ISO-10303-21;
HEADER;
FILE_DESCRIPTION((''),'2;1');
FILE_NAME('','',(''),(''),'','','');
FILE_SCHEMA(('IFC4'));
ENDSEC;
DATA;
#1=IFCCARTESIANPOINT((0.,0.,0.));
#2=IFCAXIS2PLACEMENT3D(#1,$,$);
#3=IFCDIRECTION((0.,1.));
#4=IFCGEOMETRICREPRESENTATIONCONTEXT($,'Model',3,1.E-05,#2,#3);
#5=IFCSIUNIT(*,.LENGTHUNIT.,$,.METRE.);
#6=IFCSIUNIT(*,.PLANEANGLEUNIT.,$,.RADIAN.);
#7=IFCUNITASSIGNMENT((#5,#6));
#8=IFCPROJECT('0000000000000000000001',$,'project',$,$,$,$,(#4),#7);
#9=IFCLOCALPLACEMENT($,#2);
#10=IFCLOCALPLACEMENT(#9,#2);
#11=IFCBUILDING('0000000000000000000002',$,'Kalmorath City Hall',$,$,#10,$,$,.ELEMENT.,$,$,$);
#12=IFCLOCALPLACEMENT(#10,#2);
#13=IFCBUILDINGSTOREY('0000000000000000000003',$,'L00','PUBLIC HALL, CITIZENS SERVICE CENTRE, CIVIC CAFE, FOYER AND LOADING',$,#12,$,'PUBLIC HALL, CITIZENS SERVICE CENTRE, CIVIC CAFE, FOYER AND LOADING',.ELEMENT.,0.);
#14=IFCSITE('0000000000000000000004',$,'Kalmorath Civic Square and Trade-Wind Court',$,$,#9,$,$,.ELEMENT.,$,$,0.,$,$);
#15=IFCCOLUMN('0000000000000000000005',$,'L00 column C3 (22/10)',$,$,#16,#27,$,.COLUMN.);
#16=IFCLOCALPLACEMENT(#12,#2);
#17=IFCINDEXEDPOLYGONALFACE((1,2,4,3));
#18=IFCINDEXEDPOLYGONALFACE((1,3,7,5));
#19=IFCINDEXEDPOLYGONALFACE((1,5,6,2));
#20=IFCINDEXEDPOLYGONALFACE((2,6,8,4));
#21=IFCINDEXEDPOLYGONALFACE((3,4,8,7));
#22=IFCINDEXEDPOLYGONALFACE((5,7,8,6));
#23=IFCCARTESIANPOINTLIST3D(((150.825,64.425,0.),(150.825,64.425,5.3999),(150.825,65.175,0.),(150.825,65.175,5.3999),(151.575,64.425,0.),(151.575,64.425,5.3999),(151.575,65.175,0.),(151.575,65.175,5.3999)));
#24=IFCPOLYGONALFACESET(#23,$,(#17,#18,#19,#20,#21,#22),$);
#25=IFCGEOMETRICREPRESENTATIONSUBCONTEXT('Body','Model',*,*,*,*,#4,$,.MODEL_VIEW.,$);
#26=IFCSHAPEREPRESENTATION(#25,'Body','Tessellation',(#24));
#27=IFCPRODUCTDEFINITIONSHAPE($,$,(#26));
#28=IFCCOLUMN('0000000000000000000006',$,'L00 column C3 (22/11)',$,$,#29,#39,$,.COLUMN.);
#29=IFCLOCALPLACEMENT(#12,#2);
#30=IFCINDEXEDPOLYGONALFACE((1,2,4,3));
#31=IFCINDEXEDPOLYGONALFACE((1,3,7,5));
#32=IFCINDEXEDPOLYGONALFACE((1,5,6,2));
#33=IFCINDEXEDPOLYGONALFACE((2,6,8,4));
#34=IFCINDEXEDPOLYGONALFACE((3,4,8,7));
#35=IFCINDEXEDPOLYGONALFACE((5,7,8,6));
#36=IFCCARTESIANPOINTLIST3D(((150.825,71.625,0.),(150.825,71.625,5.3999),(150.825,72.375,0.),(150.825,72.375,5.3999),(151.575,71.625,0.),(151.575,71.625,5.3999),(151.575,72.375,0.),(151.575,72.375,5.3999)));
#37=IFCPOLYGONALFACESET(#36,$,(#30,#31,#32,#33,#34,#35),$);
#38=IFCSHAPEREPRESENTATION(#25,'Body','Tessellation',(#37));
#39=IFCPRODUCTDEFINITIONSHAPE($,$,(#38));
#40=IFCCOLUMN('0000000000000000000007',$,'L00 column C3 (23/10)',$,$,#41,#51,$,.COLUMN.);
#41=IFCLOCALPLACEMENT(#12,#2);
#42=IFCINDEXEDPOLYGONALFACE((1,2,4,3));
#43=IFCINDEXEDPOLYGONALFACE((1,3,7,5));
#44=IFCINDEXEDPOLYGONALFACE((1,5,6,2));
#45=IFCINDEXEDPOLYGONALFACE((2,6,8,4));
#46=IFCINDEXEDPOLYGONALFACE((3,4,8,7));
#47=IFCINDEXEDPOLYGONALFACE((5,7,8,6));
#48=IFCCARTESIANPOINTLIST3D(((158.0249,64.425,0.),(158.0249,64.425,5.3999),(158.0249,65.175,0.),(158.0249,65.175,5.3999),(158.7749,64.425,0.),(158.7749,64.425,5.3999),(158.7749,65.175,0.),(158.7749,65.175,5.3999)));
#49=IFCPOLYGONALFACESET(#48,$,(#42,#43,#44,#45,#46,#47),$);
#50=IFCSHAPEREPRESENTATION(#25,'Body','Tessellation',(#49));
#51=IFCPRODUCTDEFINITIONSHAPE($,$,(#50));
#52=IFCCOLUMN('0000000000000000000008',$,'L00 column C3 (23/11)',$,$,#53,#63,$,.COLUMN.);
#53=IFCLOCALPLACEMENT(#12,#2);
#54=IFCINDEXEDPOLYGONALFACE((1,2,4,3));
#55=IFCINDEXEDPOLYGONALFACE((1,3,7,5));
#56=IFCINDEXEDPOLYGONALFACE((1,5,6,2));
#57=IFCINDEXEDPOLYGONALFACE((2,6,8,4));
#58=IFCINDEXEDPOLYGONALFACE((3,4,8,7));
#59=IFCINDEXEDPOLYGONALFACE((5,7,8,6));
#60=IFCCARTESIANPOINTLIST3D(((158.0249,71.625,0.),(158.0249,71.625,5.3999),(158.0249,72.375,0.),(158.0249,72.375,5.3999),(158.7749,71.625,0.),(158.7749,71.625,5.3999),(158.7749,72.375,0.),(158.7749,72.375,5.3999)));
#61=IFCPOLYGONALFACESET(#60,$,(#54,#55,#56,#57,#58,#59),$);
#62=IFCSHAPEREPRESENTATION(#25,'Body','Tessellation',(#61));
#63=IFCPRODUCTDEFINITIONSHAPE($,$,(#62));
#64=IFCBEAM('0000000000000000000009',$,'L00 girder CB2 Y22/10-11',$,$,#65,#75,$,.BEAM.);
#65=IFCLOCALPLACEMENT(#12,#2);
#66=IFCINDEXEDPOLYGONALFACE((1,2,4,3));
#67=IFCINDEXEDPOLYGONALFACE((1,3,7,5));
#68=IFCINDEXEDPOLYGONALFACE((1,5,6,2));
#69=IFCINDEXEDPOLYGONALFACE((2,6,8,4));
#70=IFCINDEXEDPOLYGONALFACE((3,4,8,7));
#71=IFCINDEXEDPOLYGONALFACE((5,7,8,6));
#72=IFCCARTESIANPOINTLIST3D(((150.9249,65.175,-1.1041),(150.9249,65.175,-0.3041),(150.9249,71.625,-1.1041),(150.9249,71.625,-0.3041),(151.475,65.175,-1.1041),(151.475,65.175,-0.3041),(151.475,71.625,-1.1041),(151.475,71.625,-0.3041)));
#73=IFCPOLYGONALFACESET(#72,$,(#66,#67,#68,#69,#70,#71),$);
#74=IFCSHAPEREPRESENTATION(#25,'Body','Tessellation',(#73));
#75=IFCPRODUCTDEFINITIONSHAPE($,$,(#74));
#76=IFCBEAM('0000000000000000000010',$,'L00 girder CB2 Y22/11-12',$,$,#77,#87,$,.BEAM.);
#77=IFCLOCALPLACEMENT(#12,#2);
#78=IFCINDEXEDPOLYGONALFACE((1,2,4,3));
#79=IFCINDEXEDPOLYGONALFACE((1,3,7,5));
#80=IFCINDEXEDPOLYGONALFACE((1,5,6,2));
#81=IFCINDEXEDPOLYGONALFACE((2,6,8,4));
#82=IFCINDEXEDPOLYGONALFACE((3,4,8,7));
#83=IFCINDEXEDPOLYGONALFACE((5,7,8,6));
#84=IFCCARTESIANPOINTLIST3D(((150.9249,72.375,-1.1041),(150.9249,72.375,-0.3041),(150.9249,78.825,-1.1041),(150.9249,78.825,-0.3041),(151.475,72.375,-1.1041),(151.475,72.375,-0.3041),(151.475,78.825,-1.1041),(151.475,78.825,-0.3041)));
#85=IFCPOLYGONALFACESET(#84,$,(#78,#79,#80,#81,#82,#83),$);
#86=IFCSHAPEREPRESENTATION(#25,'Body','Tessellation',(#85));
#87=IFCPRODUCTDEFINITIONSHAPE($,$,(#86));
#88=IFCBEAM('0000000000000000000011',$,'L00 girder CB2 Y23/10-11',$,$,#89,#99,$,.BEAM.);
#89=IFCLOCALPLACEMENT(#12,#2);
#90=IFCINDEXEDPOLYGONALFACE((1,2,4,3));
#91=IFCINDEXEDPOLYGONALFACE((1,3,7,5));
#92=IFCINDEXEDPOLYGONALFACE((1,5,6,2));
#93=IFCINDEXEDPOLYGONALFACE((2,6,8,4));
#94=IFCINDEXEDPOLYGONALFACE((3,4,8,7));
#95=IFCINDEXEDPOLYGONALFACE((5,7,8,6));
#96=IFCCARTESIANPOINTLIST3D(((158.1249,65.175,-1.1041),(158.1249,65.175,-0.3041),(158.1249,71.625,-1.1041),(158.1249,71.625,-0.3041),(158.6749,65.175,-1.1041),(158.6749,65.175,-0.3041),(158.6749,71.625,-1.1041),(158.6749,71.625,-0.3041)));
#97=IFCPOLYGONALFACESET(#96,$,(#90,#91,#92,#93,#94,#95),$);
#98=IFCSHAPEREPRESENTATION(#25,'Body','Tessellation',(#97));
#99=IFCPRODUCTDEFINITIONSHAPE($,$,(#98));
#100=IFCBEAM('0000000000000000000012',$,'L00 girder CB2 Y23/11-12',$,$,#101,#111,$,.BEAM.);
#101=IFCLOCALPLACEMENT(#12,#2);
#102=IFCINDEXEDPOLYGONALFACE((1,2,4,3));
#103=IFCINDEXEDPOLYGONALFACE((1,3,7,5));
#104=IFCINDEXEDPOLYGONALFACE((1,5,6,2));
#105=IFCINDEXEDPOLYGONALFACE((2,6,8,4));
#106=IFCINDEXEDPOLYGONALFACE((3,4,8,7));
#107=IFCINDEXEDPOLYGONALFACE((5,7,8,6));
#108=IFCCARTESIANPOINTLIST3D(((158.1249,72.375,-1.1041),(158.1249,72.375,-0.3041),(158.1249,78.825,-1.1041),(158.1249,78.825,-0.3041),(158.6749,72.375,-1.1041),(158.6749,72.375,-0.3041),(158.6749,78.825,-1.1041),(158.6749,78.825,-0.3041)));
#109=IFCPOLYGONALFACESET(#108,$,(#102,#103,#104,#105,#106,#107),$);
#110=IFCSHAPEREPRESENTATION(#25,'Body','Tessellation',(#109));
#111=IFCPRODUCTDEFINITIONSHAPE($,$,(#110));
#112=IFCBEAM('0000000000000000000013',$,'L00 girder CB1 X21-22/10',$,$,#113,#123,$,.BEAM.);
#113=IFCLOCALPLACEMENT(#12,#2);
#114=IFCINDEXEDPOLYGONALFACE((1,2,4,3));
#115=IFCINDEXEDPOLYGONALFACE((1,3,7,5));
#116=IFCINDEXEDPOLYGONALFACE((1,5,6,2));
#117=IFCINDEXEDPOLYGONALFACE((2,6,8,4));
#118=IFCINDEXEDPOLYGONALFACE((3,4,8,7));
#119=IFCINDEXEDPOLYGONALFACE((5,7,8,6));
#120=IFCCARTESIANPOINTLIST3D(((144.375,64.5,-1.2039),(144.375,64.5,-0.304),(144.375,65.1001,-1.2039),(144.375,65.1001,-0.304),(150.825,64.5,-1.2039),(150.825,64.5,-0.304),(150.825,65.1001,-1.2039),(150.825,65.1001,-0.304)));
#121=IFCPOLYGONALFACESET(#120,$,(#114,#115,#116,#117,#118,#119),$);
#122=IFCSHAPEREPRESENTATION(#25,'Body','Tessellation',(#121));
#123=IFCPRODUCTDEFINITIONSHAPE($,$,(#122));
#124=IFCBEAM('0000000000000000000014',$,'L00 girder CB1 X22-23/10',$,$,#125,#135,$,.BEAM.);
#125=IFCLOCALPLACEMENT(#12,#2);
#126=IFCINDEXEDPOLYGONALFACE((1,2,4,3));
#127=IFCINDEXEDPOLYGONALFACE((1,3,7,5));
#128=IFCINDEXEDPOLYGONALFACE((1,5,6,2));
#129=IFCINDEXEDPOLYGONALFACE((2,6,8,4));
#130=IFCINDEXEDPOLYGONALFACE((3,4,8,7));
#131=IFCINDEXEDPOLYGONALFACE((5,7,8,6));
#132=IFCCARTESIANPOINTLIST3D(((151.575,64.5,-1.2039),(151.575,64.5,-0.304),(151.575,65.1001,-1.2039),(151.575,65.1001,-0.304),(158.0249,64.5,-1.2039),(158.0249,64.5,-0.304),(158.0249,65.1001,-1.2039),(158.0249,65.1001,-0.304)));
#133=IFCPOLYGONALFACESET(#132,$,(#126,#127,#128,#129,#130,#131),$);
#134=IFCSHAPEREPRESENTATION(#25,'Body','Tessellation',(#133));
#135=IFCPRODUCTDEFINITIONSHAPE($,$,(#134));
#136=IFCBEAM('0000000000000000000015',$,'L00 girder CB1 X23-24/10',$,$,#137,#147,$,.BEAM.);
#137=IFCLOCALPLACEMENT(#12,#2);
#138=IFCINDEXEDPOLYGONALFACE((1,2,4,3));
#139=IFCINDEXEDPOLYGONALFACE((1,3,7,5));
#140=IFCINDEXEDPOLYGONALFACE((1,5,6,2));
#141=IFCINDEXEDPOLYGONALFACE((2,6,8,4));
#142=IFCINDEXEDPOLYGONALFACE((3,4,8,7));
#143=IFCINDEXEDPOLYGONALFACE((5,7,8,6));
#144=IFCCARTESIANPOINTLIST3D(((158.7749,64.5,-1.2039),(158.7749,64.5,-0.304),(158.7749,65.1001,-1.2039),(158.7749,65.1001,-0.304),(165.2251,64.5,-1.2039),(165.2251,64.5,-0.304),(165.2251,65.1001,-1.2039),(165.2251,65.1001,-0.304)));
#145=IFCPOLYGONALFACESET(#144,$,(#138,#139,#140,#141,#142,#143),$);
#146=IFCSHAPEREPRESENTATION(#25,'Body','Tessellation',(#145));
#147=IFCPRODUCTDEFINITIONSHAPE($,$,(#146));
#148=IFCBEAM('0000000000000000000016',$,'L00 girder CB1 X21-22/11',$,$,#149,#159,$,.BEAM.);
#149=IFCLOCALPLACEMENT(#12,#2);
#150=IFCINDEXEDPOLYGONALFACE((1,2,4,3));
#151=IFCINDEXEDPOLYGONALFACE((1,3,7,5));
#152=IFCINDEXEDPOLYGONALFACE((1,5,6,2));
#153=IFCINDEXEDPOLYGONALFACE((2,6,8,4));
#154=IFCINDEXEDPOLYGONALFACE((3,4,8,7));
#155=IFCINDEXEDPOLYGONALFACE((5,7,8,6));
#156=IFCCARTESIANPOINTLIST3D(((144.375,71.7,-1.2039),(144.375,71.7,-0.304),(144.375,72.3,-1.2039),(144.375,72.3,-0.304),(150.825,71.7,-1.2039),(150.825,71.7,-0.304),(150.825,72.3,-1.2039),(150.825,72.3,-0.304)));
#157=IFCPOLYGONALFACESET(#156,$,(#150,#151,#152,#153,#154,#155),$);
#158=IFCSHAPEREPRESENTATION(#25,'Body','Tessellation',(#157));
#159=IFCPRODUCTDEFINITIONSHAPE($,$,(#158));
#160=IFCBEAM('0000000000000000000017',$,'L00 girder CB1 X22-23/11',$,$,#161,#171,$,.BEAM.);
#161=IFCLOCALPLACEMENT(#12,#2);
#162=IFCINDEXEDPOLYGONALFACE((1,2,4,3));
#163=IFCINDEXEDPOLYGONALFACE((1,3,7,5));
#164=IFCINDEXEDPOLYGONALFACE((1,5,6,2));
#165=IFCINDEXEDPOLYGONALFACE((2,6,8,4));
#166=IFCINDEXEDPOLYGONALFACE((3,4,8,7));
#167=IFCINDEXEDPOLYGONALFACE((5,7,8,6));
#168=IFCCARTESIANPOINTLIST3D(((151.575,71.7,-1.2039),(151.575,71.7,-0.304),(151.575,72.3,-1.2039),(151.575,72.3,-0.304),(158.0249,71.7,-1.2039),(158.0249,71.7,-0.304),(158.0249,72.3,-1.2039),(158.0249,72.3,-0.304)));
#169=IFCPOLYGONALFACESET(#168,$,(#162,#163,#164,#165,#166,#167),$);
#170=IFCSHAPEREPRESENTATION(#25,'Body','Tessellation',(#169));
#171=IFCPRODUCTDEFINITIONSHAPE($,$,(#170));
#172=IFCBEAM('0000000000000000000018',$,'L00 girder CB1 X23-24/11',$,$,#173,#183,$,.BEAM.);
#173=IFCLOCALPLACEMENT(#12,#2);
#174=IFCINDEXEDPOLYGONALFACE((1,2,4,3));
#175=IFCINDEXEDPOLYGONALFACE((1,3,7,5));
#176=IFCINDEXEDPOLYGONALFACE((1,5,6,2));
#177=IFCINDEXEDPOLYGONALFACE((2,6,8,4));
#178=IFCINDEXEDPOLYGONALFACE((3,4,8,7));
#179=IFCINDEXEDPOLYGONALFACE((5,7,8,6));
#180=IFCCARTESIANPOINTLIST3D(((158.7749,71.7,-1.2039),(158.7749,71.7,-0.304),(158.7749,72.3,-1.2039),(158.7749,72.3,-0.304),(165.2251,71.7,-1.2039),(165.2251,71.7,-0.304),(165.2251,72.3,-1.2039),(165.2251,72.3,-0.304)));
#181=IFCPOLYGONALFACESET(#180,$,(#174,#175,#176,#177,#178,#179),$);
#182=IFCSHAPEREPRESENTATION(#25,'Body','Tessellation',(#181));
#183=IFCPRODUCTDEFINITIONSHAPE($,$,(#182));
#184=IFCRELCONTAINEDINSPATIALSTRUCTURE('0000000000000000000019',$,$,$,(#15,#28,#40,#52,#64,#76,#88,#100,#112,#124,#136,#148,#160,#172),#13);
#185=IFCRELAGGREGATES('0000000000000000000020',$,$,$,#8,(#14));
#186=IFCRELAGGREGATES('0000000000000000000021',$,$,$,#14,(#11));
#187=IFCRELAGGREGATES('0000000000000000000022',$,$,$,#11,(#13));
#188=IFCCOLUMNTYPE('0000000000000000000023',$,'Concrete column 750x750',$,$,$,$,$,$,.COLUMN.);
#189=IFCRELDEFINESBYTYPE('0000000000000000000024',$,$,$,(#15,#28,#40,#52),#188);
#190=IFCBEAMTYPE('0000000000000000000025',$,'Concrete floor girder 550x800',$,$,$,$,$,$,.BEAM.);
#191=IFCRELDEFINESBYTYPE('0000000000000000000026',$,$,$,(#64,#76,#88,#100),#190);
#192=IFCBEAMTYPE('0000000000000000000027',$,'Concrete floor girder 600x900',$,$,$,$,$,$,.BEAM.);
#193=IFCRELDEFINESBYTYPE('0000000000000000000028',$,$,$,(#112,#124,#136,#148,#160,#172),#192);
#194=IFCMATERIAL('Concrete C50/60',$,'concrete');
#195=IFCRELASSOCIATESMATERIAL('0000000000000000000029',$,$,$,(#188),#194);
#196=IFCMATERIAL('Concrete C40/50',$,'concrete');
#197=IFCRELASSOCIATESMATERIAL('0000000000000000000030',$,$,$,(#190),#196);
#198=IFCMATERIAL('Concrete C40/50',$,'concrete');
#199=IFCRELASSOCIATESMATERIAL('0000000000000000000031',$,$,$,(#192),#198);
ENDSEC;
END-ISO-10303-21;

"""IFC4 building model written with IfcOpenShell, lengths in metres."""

from ifc_helpers import new_model, si_unit, direction, frame, origin, origin_2d, place, context, subcontext, project, spatial, rectangle, extrude, material, material_profile, profile_set, type_object, element, save


model = new_model("IFC4")

# Units and contexts
model_context = context("Model", 3, precision=1e-05, world=origin(), true_north=direction((0.0, 1.0)))
body_context = subcontext(model_context, "Body", "Model", "MODEL_VIEW")
ifc_project = project(units=[si_unit("LENGTHUNIT", "METRE"), si_unit("PLANEANGLEUNIT", "RADIAN")], contexts=[model_context])

# Site, building, storey
site_placement = place(None, origin())
site = spatial("IfcSite", under=ifc_project, at=site_placement, Name="Kalmorath Civic Square and Trade-Wind Court", CompositionType="ELEMENT", RefElevation=0.0)
building_placement = place(site_placement, origin())
building = spatial("IfcBuilding", under=site, at=building_placement, Name="Kalmorath City Hall", CompositionType="ELEMENT")
storey_placement = place(building_placement, origin())
storey = spatial("IfcBuildingStorey", under=building, at=storey_placement, Name="L00", Description="PUBLIC HALL, CITIZENS SERVICE CENTRE, CIVIC CAFE, FOYER AND LOADING", LongName="PUBLIC HALL, CITIZENS SERVICE CENTRE, CIVIC CAFE, FOYER AND LOADING", CompositionType="ELEMENT", Elevation=0.0)

# Columns
ifc_material_1 = material(Name="Concrete C50/60", Category="concrete")
ifc_material_profile_1 = material_profile(ifc_material_1, rectangle(XDim=0.75, YDim=0.75, at=origin_2d()), Name="RC-COL-750X750")
ifc_profile_set_1 = profile_set([ifc_material_profile_1], Name="Concrete C50/60")
column_type = type_object("IfcColumnType", Name="Concrete column 750x750", PredefinedType="COLUMN", material=ifc_profile_set_1)
for number, where, z_axis, x_axis, name in (
    (1, (151.2, 64.8, 0.0), (0.0, 0.0, 1.0), (1.0, 0.0, 0.0), "L00 column C3 (22/10)"),
    (2, (151.2, 72.0, 0.0), (0.0, 0.0, 1.0), (1.0, 0.0, 0.0), "L00 column C3 (22/11)"),
    (3, (158.3999, 64.8, 0.0), (0.0, 0.0, 1.0), (1.0, 0.0, 0.0), "L00 column C3 (23/10)"),
    (4, (158.3999, 72.0, 0.0), (0.0, 0.0, 1.0), (1.0, 0.0, 0.0), "L00 column C3 (23/11)"),
):
    element("IfcColumn", number, at=place(storey_placement, frame(where, z_axis=z_axis, x_axis=x_axis)), inside=storey, type_object=column_type, Name=name, PredefinedType="COLUMN", context=body_context, shape_type="SweptSolid", body=[
        extrude(rectangle(XDim=0.75, YDim=0.75, at=origin_2d()), origin(), (0.0, 0.0, 1.0), 5.3999),
    ])

# Beams
ifc_material_2 = material(Name="Concrete C40/50", Category="concrete")
ifc_material_profile_2 = material_profile(ifc_material_2, rectangle(XDim=0.55, YDim=0.8, at=origin_2d()), Name="RC-BM-550X800")
ifc_profile_set_2 = profile_set([ifc_material_profile_2], Name="Concrete C40/50")
beam_type_1 = type_object("IfcBeamType", Name="Concrete floor girder 550x800", PredefinedType="BEAM", material=ifc_profile_set_2)
for number, where, z_axis, x_axis, name in (
    (5, (151.2, 65.175, -0.7041), (0.0, 1.0, 0.0), (-1.0, 0.0, 0.0), "L00 girder CB2 Y22/10-11"),
    (6, (151.2, 72.375, -0.7041), (0.0, 1.0, 0.0), (-1.0, 0.0, 0.0), "L00 girder CB2 Y22/11-12"),
    (7, (158.3999, 65.175, -0.7041), (0.0, 1.0, 0.0), (-1.0, 0.0, 0.0), "L00 girder CB2 Y23/10-11"),
    (8, (158.3999, 72.375, -0.7041), (0.0, 1.0, 0.0), (-1.0, 0.0, 0.0), "L00 girder CB2 Y23/11-12"),
):
    element("IfcBeam", number, at=place(storey_placement, frame(where, z_axis=z_axis, x_axis=x_axis)), inside=storey, type_object=beam_type_1, Name=name, PredefinedType="BEAM", context=body_context, shape_type="SweptSolid", body=[
        extrude(rectangle(XDim=0.55, YDim=0.8, at=origin_2d()), origin(), (0.0, 0.0, 1.0), 6.45),
    ])
ifc_material_3 = material(Name="Concrete C40/50", Category="concrete")
ifc_material_profile_3 = material_profile(ifc_material_3, rectangle(XDim=0.6001, YDim=0.8999, at=origin_2d()), Name="RC-BM-600X900")
ifc_profile_set_3 = profile_set([ifc_material_profile_3], Name="Concrete C40/50")
beam_type_2 = type_object("IfcBeamType", Name="Concrete floor girder 600x900", PredefinedType="BEAM", material=ifc_profile_set_3)
for number, where, z_axis, x_axis, name in (
    (9, (144.375, 64.8, -0.7539), (1.0, 0.0, 0.0), (0.0, 1.0, 0.0), "L00 girder CB1 X21-22/10"),
    (10, (151.575, 64.8, -0.7539), (1.0, 0.0, 0.0), (0.0, 1.0, 0.0), "L00 girder CB1 X22-23/10"),
):
    element("IfcBeam", number, at=place(storey_placement, frame(where, z_axis=z_axis, x_axis=x_axis)), inside=storey, type_object=beam_type_2, Name=name, PredefinedType="BEAM", context=body_context, shape_type="SweptSolid", body=[
        extrude(rectangle(XDim=0.6001, YDim=0.8999, at=origin_2d()), origin(), (0.0, 0.0, 1.0), 6.45),
    ])
beam_1_placement = place(storey_placement, frame((158.7749, 64.8, -0.7539), z_axis=(1.0, 0.0, 0.0), x_axis=(0.0, 1.0, 0.0)))
element("IfcBeam", 11, at=beam_1_placement, inside=storey, type_object=beam_type_2, Name="L00 girder CB1 X23-24/10", PredefinedType="BEAM", context=body_context, shape_type="SweptSolid", body=[
    extrude(rectangle(XDim=0.6001, YDim=0.8999, at=origin_2d()), origin(), (0.0, 0.0, 1.0), 6.4502),
])
for number, where, z_axis, x_axis, name in (
    (12, (144.375, 72.0, -0.7539), (1.0, 0.0, 0.0), (0.0, 1.0, 0.0), "L00 girder CB1 X21-22/11"),
    (13, (151.575, 72.0, -0.7539), (1.0, 0.0, 0.0), (0.0, 1.0, 0.0), "L00 girder CB1 X22-23/11"),
):
    element("IfcBeam", number, at=place(storey_placement, frame(where, z_axis=z_axis, x_axis=x_axis)), inside=storey, type_object=beam_type_2, Name=name, PredefinedType="BEAM", context=body_context, shape_type="SweptSolid", body=[
        extrude(rectangle(XDim=0.6001, YDim=0.8999, at=origin_2d()), origin(), (0.0, 0.0, 1.0), 6.45),
    ])
beam_2_placement = place(storey_placement, frame((158.7749, 72.0, -0.7539), z_axis=(1.0, 0.0, 0.0), x_axis=(0.0, 1.0, 0.0)))
element("IfcBeam", 14, at=beam_2_placement, inside=storey, type_object=beam_type_2, Name="L00 girder CB1 X23-24/11", PredefinedType="BEAM", context=body_context, shape_type="SweptSolid", body=[
    extrude(rectangle(XDim=0.6001, YDim=0.8999, at=origin_2d()), origin(), (0.0, 0.0, 1.0), 6.4502),
])

save(model, "model.ifc")
